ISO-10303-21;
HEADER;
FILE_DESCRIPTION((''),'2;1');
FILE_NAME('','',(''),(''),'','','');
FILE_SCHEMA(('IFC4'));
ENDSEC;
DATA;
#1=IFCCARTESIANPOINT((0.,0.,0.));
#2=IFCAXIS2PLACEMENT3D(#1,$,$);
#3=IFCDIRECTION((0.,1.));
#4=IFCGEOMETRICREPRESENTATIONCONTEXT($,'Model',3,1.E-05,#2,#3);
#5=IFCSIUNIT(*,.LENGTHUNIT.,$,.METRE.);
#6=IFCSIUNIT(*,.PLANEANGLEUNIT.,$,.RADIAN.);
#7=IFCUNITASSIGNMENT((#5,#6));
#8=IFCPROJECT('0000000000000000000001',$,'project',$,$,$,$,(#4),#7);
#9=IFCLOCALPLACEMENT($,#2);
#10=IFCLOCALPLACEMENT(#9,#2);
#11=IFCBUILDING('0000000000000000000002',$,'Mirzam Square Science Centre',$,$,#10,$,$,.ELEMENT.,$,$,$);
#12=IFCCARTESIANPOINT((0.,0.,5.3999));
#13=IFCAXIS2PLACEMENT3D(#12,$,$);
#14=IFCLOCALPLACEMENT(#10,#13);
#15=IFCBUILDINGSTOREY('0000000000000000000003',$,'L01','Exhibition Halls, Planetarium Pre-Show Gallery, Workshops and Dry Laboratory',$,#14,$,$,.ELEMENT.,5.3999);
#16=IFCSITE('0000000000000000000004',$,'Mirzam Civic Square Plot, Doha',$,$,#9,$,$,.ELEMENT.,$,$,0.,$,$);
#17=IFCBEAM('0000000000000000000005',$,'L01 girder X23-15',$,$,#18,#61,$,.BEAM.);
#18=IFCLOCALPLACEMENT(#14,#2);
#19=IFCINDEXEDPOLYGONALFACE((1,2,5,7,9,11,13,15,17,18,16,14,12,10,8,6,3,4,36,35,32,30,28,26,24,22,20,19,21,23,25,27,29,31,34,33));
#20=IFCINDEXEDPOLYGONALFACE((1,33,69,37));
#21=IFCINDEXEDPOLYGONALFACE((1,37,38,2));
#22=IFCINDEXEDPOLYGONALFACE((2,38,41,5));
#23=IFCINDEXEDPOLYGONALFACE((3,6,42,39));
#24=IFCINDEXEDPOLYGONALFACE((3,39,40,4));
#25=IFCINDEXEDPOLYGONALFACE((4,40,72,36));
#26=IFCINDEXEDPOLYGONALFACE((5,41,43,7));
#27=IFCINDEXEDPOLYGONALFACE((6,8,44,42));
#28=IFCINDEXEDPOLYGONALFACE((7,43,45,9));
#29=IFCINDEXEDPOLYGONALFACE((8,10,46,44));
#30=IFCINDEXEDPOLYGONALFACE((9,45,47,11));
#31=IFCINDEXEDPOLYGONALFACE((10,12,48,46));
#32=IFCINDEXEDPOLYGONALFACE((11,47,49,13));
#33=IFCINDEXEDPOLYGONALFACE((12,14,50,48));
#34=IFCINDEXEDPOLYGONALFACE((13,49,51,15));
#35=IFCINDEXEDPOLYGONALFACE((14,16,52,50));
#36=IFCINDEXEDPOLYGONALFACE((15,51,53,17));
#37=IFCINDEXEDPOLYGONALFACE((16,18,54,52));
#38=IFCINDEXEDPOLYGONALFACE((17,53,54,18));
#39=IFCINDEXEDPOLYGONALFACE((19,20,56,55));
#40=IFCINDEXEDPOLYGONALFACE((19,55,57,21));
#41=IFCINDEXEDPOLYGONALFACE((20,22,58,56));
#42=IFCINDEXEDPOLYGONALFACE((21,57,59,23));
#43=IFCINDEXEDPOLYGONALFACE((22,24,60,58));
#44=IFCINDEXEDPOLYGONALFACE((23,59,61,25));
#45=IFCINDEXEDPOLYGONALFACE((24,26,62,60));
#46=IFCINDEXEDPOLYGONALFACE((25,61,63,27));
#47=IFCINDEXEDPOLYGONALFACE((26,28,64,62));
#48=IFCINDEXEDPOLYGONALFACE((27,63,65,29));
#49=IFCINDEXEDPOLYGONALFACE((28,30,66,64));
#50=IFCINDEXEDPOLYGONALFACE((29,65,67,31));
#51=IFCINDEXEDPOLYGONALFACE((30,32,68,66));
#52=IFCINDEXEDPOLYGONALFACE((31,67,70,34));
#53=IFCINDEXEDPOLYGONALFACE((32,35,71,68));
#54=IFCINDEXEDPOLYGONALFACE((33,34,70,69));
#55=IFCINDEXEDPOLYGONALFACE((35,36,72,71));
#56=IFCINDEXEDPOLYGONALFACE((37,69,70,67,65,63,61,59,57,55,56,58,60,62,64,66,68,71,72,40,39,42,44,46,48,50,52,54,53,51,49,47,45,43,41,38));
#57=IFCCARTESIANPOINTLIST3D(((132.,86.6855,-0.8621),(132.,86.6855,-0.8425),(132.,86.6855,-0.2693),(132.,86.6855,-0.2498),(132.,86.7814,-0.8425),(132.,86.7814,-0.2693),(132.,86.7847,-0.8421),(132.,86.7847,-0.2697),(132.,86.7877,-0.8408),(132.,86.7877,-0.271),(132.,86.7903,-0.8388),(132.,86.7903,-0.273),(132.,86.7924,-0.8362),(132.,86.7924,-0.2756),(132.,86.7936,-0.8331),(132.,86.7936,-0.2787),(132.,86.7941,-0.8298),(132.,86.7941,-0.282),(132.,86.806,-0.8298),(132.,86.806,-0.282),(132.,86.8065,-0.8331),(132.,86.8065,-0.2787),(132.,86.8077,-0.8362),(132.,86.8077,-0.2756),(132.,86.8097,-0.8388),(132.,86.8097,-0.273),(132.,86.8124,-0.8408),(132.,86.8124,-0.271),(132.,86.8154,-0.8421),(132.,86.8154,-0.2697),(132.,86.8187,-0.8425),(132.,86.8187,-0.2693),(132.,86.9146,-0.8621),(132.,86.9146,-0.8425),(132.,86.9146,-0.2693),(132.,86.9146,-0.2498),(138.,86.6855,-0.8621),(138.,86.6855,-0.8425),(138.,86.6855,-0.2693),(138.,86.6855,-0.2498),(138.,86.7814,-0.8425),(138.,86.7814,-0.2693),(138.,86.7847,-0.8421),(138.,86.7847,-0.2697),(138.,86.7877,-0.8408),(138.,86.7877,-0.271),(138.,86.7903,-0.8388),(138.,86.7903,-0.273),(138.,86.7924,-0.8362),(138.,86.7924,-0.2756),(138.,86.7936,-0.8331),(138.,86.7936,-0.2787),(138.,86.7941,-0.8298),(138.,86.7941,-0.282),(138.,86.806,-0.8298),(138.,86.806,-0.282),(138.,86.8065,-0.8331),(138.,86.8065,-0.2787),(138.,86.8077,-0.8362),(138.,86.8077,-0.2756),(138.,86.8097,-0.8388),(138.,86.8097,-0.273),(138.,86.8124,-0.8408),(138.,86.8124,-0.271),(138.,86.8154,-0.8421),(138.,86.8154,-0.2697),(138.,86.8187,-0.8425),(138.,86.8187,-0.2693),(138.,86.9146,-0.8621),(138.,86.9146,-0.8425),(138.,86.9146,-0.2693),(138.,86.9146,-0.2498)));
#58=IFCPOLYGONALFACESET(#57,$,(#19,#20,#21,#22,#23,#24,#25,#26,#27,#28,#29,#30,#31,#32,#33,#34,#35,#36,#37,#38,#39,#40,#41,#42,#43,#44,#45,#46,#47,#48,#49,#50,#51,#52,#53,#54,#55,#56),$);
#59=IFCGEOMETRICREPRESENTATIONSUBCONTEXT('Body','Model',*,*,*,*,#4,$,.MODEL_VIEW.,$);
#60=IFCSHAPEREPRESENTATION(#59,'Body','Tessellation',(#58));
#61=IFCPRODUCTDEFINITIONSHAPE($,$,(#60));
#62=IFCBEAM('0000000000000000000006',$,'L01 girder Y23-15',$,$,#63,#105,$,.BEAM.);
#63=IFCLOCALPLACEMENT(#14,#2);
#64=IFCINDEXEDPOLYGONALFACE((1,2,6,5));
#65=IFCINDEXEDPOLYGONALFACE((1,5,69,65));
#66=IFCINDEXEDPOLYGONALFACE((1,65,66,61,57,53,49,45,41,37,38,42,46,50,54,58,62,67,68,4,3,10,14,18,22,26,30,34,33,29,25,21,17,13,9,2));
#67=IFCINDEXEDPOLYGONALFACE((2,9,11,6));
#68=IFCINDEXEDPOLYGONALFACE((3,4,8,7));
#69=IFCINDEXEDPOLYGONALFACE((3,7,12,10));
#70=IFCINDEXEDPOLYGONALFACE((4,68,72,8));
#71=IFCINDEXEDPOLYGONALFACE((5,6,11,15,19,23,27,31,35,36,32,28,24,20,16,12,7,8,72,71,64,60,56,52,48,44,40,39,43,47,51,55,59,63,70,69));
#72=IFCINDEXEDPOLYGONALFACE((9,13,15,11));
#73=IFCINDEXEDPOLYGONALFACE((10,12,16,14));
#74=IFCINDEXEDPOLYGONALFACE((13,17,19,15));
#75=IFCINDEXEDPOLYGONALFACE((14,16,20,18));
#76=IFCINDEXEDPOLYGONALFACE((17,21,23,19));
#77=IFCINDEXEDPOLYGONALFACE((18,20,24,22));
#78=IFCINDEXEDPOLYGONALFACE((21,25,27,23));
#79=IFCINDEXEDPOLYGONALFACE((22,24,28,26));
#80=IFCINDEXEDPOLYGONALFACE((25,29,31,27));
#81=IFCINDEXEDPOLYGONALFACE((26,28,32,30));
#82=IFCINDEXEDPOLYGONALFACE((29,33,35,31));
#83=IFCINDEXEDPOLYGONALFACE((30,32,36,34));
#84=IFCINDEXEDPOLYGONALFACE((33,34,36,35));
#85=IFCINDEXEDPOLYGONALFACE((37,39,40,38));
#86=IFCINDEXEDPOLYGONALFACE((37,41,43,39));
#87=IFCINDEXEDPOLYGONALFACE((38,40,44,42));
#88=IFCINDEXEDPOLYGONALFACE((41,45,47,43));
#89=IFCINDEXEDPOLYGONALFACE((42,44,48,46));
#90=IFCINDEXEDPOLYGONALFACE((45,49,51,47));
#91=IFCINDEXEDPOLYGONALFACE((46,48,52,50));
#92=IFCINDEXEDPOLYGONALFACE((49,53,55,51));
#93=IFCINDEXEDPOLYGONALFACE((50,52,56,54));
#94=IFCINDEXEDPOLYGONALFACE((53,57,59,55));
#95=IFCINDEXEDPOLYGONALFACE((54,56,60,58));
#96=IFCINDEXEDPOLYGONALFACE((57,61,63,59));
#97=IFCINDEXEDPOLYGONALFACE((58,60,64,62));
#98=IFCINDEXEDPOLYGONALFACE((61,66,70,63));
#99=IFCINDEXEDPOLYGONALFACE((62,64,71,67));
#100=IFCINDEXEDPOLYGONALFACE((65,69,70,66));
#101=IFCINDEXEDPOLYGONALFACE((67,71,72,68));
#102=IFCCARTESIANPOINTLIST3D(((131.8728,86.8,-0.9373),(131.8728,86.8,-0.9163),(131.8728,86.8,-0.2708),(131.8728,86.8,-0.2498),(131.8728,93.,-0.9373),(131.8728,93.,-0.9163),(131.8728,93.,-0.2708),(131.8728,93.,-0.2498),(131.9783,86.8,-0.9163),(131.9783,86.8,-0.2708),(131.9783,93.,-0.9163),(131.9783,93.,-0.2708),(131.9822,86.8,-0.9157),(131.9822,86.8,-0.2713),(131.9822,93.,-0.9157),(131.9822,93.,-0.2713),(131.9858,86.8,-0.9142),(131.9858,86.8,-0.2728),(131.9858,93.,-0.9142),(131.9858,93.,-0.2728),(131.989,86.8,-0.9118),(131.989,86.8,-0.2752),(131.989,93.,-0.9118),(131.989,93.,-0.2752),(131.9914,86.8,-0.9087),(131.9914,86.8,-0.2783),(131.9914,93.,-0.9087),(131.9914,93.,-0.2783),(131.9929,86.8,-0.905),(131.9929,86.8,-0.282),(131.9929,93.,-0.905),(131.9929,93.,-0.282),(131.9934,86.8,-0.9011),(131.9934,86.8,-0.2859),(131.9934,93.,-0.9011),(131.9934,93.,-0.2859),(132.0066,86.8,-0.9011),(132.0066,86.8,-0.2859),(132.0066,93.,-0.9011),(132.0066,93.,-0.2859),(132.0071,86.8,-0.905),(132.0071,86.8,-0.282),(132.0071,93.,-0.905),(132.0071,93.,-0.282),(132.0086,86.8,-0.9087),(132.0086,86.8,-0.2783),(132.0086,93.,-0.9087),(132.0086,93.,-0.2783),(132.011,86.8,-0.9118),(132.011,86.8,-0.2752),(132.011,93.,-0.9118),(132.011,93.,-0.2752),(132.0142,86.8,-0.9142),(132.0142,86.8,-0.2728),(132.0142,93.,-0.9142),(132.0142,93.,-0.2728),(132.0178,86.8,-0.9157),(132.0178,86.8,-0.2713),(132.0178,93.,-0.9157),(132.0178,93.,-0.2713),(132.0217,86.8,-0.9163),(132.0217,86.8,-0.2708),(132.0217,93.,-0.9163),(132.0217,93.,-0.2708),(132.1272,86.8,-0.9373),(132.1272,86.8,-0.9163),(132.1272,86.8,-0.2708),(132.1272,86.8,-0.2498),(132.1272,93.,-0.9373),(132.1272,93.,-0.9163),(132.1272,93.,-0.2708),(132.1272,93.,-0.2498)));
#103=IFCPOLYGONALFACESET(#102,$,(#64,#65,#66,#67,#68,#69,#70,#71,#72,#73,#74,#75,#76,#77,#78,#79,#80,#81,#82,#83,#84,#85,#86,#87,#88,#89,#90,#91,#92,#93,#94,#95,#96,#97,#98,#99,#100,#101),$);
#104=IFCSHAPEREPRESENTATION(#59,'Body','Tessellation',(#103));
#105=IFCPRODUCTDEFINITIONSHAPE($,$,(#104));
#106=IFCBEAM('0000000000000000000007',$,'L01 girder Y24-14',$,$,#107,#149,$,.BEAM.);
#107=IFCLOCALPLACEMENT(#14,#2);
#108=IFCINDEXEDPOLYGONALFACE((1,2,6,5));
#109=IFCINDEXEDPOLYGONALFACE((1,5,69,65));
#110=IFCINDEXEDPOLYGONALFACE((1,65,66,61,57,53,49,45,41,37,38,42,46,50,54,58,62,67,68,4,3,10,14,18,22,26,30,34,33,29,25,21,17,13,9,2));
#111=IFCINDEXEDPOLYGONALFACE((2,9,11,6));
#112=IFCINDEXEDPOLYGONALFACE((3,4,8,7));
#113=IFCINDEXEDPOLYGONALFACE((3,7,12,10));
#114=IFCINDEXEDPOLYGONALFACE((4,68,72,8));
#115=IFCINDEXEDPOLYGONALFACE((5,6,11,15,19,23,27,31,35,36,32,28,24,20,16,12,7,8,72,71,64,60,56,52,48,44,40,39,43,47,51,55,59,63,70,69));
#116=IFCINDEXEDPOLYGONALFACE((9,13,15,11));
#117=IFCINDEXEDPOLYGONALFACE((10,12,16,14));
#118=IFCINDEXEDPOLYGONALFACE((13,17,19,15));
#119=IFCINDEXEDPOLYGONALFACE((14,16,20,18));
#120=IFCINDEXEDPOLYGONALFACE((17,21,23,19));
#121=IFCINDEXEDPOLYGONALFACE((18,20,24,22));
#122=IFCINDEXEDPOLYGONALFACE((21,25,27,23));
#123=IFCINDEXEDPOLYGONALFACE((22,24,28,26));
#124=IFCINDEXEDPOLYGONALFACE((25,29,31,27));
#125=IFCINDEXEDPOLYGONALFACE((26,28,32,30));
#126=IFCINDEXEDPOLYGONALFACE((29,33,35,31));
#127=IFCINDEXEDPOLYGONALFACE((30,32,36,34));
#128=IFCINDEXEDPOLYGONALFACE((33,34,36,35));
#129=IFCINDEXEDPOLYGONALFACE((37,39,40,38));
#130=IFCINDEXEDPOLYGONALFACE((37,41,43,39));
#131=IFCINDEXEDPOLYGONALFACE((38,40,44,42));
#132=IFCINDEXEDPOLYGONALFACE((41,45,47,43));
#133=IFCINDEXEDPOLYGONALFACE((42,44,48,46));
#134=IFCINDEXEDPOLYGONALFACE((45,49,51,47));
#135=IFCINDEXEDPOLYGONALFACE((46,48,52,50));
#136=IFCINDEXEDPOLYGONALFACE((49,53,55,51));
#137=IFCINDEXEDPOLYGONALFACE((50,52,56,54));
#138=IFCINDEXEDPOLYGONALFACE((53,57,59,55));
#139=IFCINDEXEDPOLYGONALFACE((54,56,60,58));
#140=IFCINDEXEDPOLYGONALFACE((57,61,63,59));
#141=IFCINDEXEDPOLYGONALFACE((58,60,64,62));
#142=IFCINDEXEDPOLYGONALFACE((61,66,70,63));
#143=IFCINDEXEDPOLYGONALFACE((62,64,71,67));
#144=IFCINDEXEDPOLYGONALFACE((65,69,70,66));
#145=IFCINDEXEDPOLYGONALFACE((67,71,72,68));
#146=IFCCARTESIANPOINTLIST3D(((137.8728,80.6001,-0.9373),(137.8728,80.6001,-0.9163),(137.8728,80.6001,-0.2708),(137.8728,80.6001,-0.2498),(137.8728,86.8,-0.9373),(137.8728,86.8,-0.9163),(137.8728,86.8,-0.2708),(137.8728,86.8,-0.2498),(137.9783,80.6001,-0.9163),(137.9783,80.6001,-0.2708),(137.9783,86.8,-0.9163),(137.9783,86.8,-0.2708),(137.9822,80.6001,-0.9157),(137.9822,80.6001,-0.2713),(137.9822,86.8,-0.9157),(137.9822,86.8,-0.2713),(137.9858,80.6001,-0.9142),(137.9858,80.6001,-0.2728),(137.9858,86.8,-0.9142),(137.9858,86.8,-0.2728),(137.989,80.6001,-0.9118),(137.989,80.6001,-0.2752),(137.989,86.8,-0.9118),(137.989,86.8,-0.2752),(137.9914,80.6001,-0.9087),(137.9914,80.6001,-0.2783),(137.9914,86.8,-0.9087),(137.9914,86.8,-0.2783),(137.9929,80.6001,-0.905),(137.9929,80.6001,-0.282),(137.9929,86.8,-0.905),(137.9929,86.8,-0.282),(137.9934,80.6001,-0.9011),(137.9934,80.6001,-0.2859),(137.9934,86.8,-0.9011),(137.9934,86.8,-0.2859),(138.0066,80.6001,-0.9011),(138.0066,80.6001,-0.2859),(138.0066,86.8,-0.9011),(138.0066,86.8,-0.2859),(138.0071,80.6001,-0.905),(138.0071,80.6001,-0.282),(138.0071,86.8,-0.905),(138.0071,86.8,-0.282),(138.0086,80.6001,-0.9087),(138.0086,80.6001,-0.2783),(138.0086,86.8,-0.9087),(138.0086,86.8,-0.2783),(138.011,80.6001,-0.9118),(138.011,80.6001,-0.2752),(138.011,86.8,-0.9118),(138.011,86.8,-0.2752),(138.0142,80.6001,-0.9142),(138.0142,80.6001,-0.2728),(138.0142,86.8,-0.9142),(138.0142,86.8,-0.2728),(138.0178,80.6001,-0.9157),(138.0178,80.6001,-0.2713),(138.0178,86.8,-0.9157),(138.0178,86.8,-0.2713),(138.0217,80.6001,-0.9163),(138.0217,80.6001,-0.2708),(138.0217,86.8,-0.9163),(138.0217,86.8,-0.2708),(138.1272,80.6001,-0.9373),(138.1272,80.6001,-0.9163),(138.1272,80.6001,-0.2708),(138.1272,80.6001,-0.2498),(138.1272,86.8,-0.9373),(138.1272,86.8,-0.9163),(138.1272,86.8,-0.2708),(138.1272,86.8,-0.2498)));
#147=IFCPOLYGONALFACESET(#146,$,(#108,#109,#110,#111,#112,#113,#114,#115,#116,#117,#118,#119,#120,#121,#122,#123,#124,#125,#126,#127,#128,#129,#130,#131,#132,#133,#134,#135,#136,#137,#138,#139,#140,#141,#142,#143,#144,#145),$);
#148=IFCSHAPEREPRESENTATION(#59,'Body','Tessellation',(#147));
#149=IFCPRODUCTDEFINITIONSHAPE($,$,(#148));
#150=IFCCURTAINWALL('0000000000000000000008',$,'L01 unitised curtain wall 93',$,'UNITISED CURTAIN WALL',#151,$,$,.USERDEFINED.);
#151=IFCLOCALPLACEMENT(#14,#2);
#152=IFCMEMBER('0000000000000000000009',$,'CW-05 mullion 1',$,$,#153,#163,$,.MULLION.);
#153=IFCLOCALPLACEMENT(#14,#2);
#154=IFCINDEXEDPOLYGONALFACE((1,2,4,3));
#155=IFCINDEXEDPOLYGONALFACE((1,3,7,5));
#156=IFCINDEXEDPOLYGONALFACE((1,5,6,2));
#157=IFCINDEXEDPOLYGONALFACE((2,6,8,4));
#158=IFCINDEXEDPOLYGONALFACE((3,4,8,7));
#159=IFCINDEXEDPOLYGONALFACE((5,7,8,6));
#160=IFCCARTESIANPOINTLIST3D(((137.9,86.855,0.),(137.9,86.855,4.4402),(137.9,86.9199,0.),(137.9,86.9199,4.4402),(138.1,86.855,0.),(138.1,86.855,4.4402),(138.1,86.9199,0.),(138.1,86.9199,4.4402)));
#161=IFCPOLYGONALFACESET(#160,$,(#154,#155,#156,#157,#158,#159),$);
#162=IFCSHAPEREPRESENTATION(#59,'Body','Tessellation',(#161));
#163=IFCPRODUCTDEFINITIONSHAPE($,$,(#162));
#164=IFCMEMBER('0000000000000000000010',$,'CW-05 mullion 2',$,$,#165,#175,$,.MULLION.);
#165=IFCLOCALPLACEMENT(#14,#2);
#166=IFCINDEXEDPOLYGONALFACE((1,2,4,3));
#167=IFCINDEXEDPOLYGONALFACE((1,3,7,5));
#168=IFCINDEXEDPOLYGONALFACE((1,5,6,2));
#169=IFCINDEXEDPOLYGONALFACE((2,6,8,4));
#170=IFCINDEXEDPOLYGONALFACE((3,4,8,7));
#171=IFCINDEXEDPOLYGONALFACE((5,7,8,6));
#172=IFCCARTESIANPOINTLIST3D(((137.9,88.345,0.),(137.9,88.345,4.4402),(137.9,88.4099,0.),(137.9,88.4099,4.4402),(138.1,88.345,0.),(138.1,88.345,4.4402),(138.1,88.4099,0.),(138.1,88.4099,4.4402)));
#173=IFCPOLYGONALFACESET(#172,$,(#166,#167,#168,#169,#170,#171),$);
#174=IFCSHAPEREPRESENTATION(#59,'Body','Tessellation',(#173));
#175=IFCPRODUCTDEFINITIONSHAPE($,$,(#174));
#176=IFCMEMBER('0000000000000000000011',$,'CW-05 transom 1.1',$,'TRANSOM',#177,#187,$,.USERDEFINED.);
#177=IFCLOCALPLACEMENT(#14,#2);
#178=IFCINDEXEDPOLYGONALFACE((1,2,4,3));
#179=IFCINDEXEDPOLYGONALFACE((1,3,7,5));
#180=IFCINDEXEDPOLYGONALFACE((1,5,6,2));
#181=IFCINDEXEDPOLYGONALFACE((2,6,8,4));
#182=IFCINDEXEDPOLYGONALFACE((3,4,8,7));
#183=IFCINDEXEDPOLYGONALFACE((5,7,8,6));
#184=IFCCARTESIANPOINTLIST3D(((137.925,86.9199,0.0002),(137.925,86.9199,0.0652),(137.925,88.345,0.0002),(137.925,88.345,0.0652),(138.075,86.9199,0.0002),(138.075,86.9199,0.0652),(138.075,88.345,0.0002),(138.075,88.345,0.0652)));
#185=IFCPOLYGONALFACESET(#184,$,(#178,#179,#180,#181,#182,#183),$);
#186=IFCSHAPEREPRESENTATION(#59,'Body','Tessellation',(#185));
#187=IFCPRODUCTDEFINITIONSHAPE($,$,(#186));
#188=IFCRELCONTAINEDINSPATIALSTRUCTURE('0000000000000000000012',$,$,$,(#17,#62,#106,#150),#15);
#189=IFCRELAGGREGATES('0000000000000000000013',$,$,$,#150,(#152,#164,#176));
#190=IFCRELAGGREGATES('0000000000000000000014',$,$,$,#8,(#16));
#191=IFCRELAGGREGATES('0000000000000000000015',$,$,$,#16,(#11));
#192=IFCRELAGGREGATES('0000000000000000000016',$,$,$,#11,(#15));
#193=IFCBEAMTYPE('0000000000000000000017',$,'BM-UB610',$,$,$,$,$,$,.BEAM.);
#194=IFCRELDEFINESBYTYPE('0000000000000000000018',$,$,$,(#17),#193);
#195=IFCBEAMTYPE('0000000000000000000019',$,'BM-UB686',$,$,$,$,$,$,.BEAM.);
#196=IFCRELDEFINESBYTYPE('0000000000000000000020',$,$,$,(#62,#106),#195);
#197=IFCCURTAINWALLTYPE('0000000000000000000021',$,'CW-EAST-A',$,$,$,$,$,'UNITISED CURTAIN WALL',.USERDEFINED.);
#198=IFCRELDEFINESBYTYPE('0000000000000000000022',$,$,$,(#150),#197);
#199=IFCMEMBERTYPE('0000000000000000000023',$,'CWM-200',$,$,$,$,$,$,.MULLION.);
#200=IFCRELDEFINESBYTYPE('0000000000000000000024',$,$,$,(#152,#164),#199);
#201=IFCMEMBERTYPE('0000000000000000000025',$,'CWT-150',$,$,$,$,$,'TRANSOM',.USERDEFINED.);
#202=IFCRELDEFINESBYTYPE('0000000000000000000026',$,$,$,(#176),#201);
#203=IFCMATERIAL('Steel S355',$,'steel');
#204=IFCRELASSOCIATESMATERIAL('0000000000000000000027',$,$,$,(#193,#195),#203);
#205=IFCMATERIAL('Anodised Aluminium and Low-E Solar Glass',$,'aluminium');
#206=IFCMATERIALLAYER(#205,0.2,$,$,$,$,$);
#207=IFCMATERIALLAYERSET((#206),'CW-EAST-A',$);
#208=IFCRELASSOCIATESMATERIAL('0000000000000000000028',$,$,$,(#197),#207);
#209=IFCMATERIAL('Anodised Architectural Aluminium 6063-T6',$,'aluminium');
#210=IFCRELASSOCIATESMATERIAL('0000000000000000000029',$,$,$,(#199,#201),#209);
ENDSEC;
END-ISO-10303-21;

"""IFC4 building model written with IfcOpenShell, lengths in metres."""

from ifc_helpers import new_model, si_unit, direction, frame, origin, origin_2d, place, context, subcontext, project, spatial, rectangle, i_section, extrude, material, layer, layer_set, material_profile, profile_set, type_object, element, aggregate, save


model = new_model("IFC4")

# Units and contexts
model_context = context("Model", 3, precision=1e-05, world=origin(), true_north=direction((0.0, 1.0)))
body_context = subcontext(model_context, "Body", "Model", "MODEL_VIEW")
ifc_project = project(units=[si_unit("LENGTHUNIT", "METRE"), si_unit("PLANEANGLEUNIT", "RADIAN")], contexts=[model_context])

# Site, building, storey
site_placement = place(None, origin())
site = spatial("IfcSite", under=ifc_project, at=site_placement, Name="Mirzam Civic Square Plot, Doha", CompositionType="ELEMENT", RefElevation=0.0)
building_placement = place(site_placement, origin())
building = spatial("IfcBuilding", under=site, at=building_placement, Name="Mirzam Square Science Centre", CompositionType="ELEMENT")
storey_placement = place(building_placement, frame((0.0, 0.0, 5.3999)))
storey = spatial("IfcBuildingStorey", under=building, at=storey_placement, Name="L01", Description="Exhibition Halls, Planetarium Pre-Show Gallery, Workshops and Dry Laboratory", CompositionType="ELEMENT", Elevation=5.3999)

# Shared definitions
ifc_material_1 = material(Name="Steel S355", Category="steel")

# Beams
ifc_material_profile_1 = material_profile(ifc_material_1, i_section(OverallWidth=0.229, OverallDepth=0.6123, WebThickness=0.012, FlangeThickness=0.0195, FilletRadius=0.0127, at=origin_2d()), Name="610x229x125UB")
ifc_profile_set_1 = profile_set([ifc_material_profile_1], Name="Steel S355")
beam_type_1 = type_object("IfcBeamType", Name="BM-UB610", PredefinedType="BEAM", material=ifc_profile_set_1)
beam_1_placement = place(storey_placement, frame((132.0, 86.8, -0.5559), z_axis=(1.0, 0.0, 0.0), x_axis=(0.0, 1.0, 0.0)))
element("IfcBeam", 1, at=beam_1_placement, inside=storey, type_object=beam_type_1, Name="L01 girder X23-15", PredefinedType="BEAM", context=body_context, shape_type="SweptSolid", body=[
    extrude(i_section(OverallWidth=0.229, OverallDepth=0.6123, WebThickness=0.012, FlangeThickness=0.0195, FilletRadius=0.0127, at=origin_2d()), origin(), (0.0, 0.0, 1.0), 6.0),
])
ifc_material_profile_2 = material_profile(ifc_material_1, i_section(OverallWidth=0.2544, OverallDepth=0.6875, WebThickness=0.0132, FlangeThickness=0.021, FilletRadius=0.0151, at=origin_2d()), Name="686x254x152UB")
ifc_profile_set_2 = profile_set([ifc_material_profile_2], Name="Steel S355")
beam_type_2 = type_object("IfcBeamType", Name="BM-UB686", PredefinedType="BEAM", material=ifc_profile_set_2)
for number, where, z_axis, x_axis, name in (
    (2, (132.0, 86.8, -0.5935), (0.0, 1.0, 0.0), (-1.0, 0.0, 0.0), "L01 girder Y23-15"),
    (3, (138.0, 80.6001, -0.5935), (0.0, 1.0, 0.0), (-1.0, 0.0, 0.0), "L01 girder Y24-14"),
):
    element("IfcBeam", number, at=place(storey_placement, frame(where, z_axis=z_axis, x_axis=x_axis)), inside=storey, type_object=beam_type_2, Name=name, PredefinedType="BEAM", context=body_context, shape_type="SweptSolid", body=[
        extrude(i_section(OverallWidth=0.2544, OverallDepth=0.6875, WebThickness=0.0132, FlangeThickness=0.021, FilletRadius=0.0151, at=origin_2d()), origin(), (0.0, 0.0, 1.0), 6.2),
    ])

# Curtain wall, members
ifc_material_2 = material(Name="Anodised Aluminium and Low-E Solar Glass", Category="aluminium")
ifc_layer_1 = layer(ifc_material_2, 0.2)
ifc_layer_set_1 = layer_set([ifc_layer_1], Name="CW-EAST-A")
curtain_wall_type = type_object("IfcCurtainWallType", Name="CW-EAST-A", ElementType="UNITISED CURTAIN WALL", PredefinedType="USERDEFINED", material=ifc_layer_set_1)
curtain_wall_placement = place(storey_placement, origin())
curtain_wall = element("IfcCurtainWall", 4, at=curtain_wall_placement, inside=storey, type_object=curtain_wall_type, Name="L01 unitised curtain wall 93", ObjectType="UNITISED CURTAIN WALL", PredefinedType="USERDEFINED")
ifc_material_3 = material(Name="Anodised Architectural Aluminium 6063-T6", Category="aluminium")
ifc_material_profile_3 = material_profile(ifc_material_3, rectangle(XDim=0.0649, YDim=0.2, at=origin_2d()), Name="ALU-MULL-200x65x5")
ifc_profile_set_3 = profile_set([ifc_material_profile_3], Name="Anodised Architectural Aluminium 6063-T6")
member_type_1 = type_object("IfcMemberType", Name="CWM-200", PredefinedType="MULLION", material=ifc_profile_set_3)
member_1_placement = place(storey_placement, frame((138.0, 86.8875, 0.0), z_axis=(0.0, 0.0, 1.0), x_axis=(0.0, 1.0, 0.0)))
member_1 = element("IfcMember", 5, at=member_1_placement, type_object=member_type_1, Name="CW-05 mullion 1", PredefinedType="MULLION", context=body_context, shape_type="SweptSolid", body=[
    extrude(rectangle(XDim=0.0649, YDim=0.2, at=origin_2d()), origin(), (0.0, 0.0, 1.0), 4.4402),
])
member_2_placement = place(storey_placement, frame((138.0, 88.3774, 0.0), z_axis=(0.0, 0.0, 1.0), x_axis=(0.0, 1.0, 0.0)))
member_2 = element("IfcMember", 6, at=member_2_placement, type_object=member_type_1, Name="CW-05 mullion 2", PredefinedType="MULLION", context=body_context, shape_type="SweptSolid", body=[
    extrude(rectangle(XDim=0.0649, YDim=0.2, at=origin_2d()), origin(), (0.0, 0.0, 1.0), 4.4402),
])
ifc_material_profile_4 = material_profile(ifc_material_3, rectangle(XDim=0.1499, YDim=0.0649, at=origin_2d()), Name="ALU-TRAN-150x65x4")
ifc_profile_set_4 = profile_set([ifc_material_profile_4], Name="Anodised Architectural Aluminium 6063-T6")
member_type_2 = type_object("IfcMemberType", Name="CWT-150", ElementType="TRANSOM", PredefinedType="USERDEFINED", material=ifc_profile_set_4)
member_3_placement = place(storey_placement, frame((138.0, 86.9199, 0.0327), z_axis=(0.0, 1.0, 0.0), x_axis=(-1.0, 0.0, 0.0)))
member_3 = element("IfcMember", 7, at=member_3_placement, type_object=member_type_2, Name="CW-05 transom 1.1", ObjectType="TRANSOM", PredefinedType="USERDEFINED", context=body_context, shape_type="SweptSolid", body=[
    extrude(rectangle(XDim=0.1499, YDim=0.0649, at=origin_2d()), origin(), (0.0, 0.0, 1.0), 1.425),
])

aggregate(curtain_wall, [member_1, member_2, member_3])

save(model, "model.ifc")
